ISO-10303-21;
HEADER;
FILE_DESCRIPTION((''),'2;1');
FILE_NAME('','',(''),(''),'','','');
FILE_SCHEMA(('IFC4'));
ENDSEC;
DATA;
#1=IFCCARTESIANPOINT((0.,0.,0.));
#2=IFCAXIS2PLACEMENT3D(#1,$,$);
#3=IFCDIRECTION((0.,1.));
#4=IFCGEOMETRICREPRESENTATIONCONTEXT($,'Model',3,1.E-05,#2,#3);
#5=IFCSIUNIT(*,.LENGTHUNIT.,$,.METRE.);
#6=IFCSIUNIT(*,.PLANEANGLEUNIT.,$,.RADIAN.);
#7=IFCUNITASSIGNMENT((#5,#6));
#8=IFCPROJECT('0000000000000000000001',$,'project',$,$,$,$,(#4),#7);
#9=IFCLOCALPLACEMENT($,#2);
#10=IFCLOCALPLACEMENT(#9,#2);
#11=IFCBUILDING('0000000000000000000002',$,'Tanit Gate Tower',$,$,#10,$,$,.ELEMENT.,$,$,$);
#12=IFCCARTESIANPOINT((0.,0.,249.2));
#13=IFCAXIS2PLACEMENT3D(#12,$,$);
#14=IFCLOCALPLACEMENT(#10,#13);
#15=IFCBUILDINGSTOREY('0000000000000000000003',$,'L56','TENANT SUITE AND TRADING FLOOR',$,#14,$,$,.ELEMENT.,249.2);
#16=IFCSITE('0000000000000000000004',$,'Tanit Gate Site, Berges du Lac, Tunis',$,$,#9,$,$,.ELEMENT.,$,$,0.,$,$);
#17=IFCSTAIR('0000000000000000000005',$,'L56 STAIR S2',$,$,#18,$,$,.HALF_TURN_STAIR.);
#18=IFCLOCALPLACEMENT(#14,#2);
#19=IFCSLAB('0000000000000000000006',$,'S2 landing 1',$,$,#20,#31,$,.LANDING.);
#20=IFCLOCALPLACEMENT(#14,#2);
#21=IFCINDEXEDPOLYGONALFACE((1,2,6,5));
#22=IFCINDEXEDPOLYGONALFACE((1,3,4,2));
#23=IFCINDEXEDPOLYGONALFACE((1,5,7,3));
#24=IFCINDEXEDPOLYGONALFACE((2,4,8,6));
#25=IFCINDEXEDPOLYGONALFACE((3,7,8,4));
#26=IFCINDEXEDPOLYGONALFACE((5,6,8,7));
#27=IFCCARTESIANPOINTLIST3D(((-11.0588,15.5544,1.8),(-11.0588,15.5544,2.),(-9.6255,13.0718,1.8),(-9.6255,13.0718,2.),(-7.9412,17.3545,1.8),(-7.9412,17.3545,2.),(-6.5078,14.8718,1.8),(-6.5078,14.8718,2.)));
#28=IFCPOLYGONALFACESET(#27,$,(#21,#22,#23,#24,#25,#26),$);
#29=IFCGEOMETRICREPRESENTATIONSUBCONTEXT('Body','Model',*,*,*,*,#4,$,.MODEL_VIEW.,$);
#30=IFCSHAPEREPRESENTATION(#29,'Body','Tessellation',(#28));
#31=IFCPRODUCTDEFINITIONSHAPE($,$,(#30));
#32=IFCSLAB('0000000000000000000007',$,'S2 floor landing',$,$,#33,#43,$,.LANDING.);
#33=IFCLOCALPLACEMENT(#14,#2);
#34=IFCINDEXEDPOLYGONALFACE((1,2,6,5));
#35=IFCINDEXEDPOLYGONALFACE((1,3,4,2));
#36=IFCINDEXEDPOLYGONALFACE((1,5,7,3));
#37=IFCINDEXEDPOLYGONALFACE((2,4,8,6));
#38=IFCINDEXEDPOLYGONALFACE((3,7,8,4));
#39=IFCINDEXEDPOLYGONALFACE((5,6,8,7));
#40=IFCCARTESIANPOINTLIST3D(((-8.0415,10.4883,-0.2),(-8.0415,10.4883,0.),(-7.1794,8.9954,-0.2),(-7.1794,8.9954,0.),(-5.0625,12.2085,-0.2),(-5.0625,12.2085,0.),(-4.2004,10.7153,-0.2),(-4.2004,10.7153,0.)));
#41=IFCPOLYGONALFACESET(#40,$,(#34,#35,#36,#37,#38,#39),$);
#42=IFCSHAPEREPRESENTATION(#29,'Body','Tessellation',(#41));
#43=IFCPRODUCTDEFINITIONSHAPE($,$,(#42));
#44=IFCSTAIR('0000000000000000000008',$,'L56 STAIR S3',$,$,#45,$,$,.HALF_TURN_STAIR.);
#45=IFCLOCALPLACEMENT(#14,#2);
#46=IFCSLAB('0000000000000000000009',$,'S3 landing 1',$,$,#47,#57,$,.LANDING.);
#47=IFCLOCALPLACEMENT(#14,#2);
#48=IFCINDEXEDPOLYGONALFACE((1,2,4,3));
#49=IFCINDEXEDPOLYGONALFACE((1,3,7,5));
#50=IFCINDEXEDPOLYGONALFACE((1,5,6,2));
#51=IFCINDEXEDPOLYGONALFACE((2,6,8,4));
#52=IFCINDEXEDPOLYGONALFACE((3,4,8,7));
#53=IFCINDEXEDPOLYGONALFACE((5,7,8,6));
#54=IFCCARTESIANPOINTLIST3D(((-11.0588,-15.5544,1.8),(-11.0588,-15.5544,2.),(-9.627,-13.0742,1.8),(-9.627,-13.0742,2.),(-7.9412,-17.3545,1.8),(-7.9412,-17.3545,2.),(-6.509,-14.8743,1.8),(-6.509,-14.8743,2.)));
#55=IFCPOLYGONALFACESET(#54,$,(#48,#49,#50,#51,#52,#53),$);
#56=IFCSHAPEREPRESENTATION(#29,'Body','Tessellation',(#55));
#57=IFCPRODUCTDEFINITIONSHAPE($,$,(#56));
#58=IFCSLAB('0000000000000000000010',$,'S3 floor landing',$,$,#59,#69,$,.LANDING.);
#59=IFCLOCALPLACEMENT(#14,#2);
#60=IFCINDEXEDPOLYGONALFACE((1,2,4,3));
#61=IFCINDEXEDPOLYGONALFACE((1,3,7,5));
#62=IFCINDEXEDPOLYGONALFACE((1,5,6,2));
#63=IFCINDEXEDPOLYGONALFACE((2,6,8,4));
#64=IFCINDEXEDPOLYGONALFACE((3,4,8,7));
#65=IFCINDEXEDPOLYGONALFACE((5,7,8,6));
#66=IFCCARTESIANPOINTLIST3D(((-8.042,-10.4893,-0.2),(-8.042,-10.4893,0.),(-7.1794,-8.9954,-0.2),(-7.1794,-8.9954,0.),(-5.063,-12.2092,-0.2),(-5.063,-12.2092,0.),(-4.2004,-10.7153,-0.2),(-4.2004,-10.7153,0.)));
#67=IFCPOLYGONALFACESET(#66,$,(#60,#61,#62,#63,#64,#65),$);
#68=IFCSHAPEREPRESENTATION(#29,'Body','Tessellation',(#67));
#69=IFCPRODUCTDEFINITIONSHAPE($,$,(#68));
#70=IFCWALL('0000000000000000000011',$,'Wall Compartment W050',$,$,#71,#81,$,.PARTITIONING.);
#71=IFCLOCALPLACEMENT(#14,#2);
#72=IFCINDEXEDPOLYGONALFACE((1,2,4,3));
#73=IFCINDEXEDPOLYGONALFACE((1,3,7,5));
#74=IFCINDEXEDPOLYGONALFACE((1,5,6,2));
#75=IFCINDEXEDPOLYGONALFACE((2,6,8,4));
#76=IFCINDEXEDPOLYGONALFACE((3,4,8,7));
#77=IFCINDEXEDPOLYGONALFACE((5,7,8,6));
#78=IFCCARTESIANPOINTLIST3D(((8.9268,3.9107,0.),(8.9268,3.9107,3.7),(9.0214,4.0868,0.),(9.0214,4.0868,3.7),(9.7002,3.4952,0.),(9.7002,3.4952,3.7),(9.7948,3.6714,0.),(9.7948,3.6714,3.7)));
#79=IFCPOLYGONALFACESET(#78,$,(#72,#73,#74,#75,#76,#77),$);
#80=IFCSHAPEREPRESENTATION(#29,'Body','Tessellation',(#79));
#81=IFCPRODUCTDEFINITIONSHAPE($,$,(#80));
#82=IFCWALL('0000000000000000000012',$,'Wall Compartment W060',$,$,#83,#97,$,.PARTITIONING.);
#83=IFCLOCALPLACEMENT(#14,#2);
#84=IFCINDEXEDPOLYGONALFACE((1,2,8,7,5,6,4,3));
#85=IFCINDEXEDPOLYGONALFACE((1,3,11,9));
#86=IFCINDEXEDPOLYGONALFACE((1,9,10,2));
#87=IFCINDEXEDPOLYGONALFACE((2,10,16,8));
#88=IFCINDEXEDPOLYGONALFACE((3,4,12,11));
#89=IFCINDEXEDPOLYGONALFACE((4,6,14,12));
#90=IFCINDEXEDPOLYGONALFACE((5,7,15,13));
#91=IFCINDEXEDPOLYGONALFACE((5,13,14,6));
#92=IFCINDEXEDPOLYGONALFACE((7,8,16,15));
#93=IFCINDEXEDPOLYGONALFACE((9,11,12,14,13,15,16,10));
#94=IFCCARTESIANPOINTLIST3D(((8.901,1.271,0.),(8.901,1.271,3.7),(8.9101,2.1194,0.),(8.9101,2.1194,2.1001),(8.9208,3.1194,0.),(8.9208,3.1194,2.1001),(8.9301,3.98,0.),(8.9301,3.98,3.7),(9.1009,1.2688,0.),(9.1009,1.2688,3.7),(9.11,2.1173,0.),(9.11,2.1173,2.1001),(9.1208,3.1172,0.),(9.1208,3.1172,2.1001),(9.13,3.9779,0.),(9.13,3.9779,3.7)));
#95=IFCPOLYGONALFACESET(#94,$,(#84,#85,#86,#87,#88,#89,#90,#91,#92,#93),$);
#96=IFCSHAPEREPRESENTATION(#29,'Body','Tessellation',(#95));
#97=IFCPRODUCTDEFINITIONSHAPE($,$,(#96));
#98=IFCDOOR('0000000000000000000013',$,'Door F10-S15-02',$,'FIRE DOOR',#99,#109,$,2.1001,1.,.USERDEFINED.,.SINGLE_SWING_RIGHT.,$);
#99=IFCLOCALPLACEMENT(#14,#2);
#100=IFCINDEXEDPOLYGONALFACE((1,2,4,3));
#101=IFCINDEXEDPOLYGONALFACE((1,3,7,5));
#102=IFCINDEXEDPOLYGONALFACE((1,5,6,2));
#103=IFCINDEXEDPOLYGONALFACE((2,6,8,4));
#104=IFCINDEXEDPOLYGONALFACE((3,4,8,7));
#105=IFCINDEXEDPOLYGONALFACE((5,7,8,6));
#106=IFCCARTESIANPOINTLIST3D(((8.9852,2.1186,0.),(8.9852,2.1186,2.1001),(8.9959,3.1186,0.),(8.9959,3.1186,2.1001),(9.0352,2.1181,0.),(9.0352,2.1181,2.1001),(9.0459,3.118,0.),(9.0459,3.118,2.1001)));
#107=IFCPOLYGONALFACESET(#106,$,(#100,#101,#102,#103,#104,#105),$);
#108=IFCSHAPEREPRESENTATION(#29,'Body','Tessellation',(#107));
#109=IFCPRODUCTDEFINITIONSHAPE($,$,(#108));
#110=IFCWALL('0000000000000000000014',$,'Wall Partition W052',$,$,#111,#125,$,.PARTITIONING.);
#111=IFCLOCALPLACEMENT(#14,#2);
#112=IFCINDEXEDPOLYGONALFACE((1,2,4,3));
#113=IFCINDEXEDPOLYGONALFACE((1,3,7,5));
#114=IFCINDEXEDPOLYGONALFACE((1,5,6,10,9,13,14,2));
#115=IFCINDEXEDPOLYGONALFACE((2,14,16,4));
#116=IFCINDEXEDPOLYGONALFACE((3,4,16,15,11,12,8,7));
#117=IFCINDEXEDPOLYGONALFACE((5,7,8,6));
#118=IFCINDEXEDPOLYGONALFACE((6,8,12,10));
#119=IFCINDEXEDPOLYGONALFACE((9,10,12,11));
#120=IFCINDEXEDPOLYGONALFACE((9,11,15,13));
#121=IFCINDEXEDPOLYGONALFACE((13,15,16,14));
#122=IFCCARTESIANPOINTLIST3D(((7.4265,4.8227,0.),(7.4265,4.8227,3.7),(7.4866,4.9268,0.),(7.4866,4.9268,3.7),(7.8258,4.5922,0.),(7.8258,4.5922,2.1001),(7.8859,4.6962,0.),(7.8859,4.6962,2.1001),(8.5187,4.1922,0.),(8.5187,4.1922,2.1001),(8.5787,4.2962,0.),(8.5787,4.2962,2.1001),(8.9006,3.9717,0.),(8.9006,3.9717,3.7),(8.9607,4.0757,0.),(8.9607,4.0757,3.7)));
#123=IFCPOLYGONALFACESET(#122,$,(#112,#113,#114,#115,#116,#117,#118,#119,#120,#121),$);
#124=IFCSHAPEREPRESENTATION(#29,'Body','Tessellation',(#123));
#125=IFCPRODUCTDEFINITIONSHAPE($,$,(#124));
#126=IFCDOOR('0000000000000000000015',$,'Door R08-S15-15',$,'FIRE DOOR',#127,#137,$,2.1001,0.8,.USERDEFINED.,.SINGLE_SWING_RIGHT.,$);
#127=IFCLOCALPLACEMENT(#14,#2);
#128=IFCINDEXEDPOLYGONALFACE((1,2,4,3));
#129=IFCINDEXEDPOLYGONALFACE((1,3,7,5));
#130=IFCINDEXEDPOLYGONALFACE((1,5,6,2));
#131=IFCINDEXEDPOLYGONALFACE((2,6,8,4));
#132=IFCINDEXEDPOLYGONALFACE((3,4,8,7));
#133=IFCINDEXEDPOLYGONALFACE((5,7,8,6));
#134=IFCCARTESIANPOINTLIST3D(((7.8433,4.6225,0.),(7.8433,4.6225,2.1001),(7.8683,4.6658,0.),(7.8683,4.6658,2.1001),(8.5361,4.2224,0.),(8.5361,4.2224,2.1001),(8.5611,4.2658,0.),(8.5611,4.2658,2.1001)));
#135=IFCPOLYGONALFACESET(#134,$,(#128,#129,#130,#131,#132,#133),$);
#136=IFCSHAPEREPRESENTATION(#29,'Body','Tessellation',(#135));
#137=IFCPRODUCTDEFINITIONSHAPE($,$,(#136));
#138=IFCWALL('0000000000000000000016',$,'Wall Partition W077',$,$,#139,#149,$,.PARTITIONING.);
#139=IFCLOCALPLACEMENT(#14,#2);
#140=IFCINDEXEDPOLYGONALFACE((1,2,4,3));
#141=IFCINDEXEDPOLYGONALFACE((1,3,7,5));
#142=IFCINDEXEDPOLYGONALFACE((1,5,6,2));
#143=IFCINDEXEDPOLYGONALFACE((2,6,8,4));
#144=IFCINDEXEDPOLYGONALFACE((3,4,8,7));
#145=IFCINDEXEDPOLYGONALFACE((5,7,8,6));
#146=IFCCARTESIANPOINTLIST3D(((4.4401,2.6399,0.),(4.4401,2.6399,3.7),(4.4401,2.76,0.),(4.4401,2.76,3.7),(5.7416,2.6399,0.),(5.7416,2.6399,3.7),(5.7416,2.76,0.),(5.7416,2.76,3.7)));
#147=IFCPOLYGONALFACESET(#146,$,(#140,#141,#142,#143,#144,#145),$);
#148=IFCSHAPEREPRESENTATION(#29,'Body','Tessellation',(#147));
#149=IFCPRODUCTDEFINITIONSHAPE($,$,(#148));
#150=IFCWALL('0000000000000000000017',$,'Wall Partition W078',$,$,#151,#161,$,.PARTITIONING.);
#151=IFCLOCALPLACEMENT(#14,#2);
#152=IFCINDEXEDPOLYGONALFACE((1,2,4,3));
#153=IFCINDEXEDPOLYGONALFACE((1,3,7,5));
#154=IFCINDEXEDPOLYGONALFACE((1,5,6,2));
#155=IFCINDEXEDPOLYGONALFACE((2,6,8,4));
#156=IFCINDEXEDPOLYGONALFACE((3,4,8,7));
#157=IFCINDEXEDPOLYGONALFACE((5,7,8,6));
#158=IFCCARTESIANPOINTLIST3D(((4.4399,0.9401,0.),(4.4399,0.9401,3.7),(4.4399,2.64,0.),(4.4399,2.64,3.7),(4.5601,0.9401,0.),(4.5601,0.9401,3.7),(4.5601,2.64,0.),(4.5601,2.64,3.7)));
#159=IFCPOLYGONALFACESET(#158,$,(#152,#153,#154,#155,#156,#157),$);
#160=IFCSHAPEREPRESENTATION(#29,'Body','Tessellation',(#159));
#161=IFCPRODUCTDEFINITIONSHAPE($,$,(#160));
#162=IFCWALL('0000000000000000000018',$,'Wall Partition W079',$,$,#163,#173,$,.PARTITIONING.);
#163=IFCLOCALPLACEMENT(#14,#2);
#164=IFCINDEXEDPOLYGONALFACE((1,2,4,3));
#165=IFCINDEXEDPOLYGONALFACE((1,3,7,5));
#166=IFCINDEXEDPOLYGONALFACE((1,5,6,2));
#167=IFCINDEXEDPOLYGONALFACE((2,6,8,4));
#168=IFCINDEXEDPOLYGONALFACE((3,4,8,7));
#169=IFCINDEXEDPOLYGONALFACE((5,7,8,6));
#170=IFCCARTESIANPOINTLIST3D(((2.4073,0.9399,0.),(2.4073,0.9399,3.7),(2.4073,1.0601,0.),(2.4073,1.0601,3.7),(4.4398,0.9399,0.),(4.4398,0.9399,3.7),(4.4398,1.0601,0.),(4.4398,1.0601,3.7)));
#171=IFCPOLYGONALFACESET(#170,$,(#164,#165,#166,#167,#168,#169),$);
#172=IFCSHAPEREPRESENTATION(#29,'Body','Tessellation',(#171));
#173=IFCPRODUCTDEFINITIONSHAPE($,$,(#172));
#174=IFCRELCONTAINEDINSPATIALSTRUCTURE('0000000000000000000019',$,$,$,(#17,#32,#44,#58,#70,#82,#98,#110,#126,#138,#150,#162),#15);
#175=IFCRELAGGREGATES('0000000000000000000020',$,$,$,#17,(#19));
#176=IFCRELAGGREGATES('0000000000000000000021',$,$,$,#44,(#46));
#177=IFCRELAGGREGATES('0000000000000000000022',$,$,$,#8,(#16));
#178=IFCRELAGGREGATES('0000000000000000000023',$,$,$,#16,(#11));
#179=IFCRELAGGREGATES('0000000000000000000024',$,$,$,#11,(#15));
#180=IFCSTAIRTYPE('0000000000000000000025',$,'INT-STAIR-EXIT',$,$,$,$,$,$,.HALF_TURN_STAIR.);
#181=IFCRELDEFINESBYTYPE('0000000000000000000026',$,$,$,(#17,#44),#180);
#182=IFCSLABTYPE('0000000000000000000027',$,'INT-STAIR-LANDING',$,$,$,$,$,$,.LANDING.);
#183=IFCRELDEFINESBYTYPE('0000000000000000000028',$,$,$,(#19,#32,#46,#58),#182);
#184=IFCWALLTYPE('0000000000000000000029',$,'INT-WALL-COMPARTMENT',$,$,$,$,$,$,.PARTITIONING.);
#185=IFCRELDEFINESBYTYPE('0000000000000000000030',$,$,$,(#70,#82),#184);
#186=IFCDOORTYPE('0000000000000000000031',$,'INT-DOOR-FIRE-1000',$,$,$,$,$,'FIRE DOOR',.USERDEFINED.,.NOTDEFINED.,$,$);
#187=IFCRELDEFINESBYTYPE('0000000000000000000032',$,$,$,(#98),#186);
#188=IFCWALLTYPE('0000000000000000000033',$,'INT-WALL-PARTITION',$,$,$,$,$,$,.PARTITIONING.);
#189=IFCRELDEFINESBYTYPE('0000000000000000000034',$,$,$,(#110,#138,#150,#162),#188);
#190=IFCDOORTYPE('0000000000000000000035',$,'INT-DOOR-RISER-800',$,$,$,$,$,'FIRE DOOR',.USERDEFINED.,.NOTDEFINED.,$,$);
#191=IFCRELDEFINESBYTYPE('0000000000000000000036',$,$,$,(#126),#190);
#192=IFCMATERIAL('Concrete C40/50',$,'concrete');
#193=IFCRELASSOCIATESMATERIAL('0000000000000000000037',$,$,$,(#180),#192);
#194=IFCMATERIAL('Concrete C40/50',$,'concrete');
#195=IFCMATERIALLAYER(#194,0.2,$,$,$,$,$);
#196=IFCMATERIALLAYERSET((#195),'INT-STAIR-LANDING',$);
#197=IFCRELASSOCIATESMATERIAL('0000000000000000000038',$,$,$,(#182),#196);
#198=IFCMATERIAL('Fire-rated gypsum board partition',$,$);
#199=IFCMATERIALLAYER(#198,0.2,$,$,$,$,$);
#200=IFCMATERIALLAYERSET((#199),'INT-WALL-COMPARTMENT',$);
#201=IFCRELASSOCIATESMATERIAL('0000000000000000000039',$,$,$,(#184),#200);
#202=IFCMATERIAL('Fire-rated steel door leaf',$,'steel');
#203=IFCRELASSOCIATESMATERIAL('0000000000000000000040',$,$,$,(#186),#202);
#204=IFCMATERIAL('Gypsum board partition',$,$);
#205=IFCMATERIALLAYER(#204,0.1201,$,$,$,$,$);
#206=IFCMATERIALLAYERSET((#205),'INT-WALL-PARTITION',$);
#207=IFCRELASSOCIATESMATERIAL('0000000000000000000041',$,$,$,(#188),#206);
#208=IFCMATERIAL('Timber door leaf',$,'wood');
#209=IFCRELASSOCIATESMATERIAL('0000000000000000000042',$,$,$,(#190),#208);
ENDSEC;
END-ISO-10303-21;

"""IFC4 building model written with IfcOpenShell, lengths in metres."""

from ifc_helpers import new_model, si_unit, direction, frame, frame_2d, origin, place, context, subcontext, project, spatial, polyline, rectangle, outline, extrude, material, layer, layer_set, type_object, element, fill, aggregate, save


model = new_model("IFC4")

# Units and contexts
model_context = context("Model", 3, precision=1e-05, world=origin(), true_north=direction((0.0, 1.0)))
body_context = subcontext(model_context, "Body", "Model", "MODEL_VIEW")
ifc_project = project(units=[si_unit("LENGTHUNIT", "METRE"), si_unit("PLANEANGLEUNIT", "RADIAN")], contexts=[model_context])

# Site, building, storey
site_placement = place(None, origin())
site = spatial("IfcSite", under=ifc_project, at=site_placement, Name="Tanit Gate Site, Berges du Lac, Tunis", CompositionType="ELEMENT", RefElevation=0.0)
building_placement = place(site_placement, origin())
building = spatial("IfcBuilding", under=site, at=building_placement, Name="Tanit Gate Tower", CompositionType="ELEMENT")
storey_placement = place(building_placement, frame((0.0, 0.0, 249.2)))
storey = spatial("IfcBuildingStorey", under=building, at=storey_placement, Name="L56", Description="TENANT SUITE AND TRADING FLOOR", CompositionType="ELEMENT", Elevation=249.2)

# Stair, slab
ifc_material_1 = material(Name="Concrete C40/50", Category="concrete")
stair_type = type_object("IfcStairType", Name="INT-STAIR-EXIT", PredefinedType="HALF_TURN_STAIR", material=ifc_material_1)
stair_1_placement = place(storey_placement, origin())
stair_1 = element("IfcStair", 1, at=stair_1_placement, inside=storey, type_object=stair_type, Name="L56 STAIR S2", PredefinedType="HALF_TURN_STAIR")
ifc_material_2 = material(Name="Concrete C40/50", Category="concrete")
ifc_layer_1 = layer(ifc_material_2, 0.2)
ifc_layer_set_1 = layer_set([ifc_layer_1], Name="INT-STAIR-LANDING")
slab_type = type_object("IfcSlabType", Name="INT-STAIR-LANDING", PredefinedType="LANDING", material=ifc_layer_set_1)
slab_1_placement = place(storey_placement, frame((0.0, 0.0, 1.8)))
slab_1 = element("IfcSlab", 2, at=slab_1_placement, type_object=slab_type, Name="S2 landing 1", PredefinedType="LANDING", context=body_context, shape_type="SweptSolid", body=[
    extrude(outline(polyline([(-6.5078, 14.8718), (-7.9412, 17.3545), (-11.0588, 15.5544), (-9.6255, 13.0718), (-6.5078, 14.8718)])), origin(), (0.0, 0.0, 1.0), 0.2),
])
aggregate(stair_1, [slab_1])

# Slab
slab_2_placement = place(storey_placement, frame((0.0, 0.0, -0.2)))
element("IfcSlab", 3, at=slab_2_placement, inside=storey, type_object=slab_type, Name="S2 floor landing", PredefinedType="LANDING", context=body_context, shape_type="SweptSolid", body=[
    extrude(outline(polyline([(-4.2004, 10.7153), (-5.0625, 12.2085), (-8.0415, 10.4883), (-7.1794, 8.9954), (-4.2004, 10.7153)])), origin(), (0.0, 0.0, 1.0), 0.2),
])

# Stair, slab
stair_2_placement = place(storey_placement, origin())
stair_2 = element("IfcStair", 4, at=stair_2_placement, inside=storey, type_object=stair_type, Name="L56 STAIR S3", PredefinedType="HALF_TURN_STAIR")
slab_3_placement = place(storey_placement, frame((0.0, 0.0, 1.8)))
slab_3 = element("IfcSlab", 5, at=slab_3_placement, type_object=slab_type, Name="S3 landing 1", PredefinedType="LANDING", context=body_context, shape_type="SweptSolid", body=[
    extrude(outline(polyline([(-9.627, -13.0742), (-11.0588, -15.5544), (-7.9412, -17.3545), (-6.509, -14.8743), (-9.627, -13.0742)])), origin(), (0.0, 0.0, 1.0), 0.2),
])
aggregate(stair_2, [slab_3])

# Slab
slab_4_placement = place(storey_placement, frame((0.0, 0.0, -0.2)))
element("IfcSlab", 6, at=slab_4_placement, inside=storey, type_object=slab_type, Name="S3 floor landing", PredefinedType="LANDING", context=body_context, shape_type="SweptSolid", body=[
    extrude(outline(polyline([(-7.1794, -8.9954), (-8.042, -10.4893), (-5.063, -12.2092), (-4.2004, -10.7153), (-7.1794, -8.9954)])), origin(), (0.0, 0.0, 1.0), 0.2),
])

# Wall
ifc_material_3 = material(Name="Fire-rated gypsum board partition")
ifc_layer_2 = layer(ifc_material_3, 0.2)
ifc_layer_set_2 = layer_set([ifc_layer_2], Name="INT-WALL-COMPARTMENT")
wall_type_1 = type_object("IfcWallType", Name="INT-WALL-COMPARTMENT", PredefinedType="PARTITIONING", material=ifc_layer_set_2)
wall_1_placement = place(storey_placement, frame((8.9741, 3.9988, 0.0), z_axis=(0.0, 0.0, 1.0), x_axis=(0.880917, -0.473271, 0.0)))
element("IfcWall", 7, at=wall_1_placement, inside=storey, type_object=wall_type_1, Name="Wall Compartment W050", PredefinedType="PARTITIONING", context=body_context, shape_type="SweptSolid", body=[
    extrude(rectangle(XDim=0.8779, YDim=0.2, at=frame_2d((0.439, 0.0))), origin(), (0.0, 0.0, 1.0), 3.7),
])

# Walls, openings, doors
wall_2_placement = place(storey_placement, frame((9.001, 1.27, 0.0), z_axis=(0.0, 0.0, 1.0), x_axis=(0.010724, 0.999942, 0.0)))
wall_2 = element("IfcWall", 8, at=wall_2_placement, inside=storey, type_object=wall_type_1, Name="Wall Compartment W060", PredefinedType="PARTITIONING", context=body_context, shape_type="SweptSolid", body=[
    extrude(rectangle(XDim=2.7092, YDim=0.2, at=frame_2d((1.3545, 0.0))), origin(), (0.0, 0.0, 1.0), 3.7),
])
opening_1_placement = place(wall_2_placement, frame((0.8484, 0.0, 0.0)))
opening_1 = element("IfcOpeningElement", 9, at=opening_1_placement, cuts=wall_2, PredefinedType="OPENING", context=body_context, shape_type="SweptSolid", body=[
    extrude(rectangle(XDim=1.0, YDim=2.1001, at=frame_2d((0.5, 1.05))), frame((0.0, 0.1099, 0.0), z_axis=(0.0, -1.0, 0.0), x_axis=(1.0, 0.0, 0.0)), (0.0, 0.0, 1.0), 0.22),
])
ifc_material_4 = material(Name="Fire-rated steel door leaf", Category="steel")
door_type_1 = type_object("IfcDoorType", Name="INT-DOOR-FIRE-1000", ElementType="FIRE DOOR", OperationType="NOTDEFINED", PredefinedType="USERDEFINED", material=ifc_material_4)
door_1_placement = place(opening_1_placement, origin())
door_1 = element("IfcDoor", 10, at=door_1_placement, inside=storey, type_object=door_type_1, Name="Door F10-S15-02", ObjectType="FIRE DOOR", OperationType="SINGLE_SWING_RIGHT", OverallHeight=2.1001, OverallWidth=1.0, PredefinedType="USERDEFINED", context=body_context, shape_type="SweptSolid", body=[
    extrude(rectangle(XDim=1.0, YDim=2.1001, at=frame_2d((0.5, 1.05))), frame((0.0, 0.0249, 0.0), z_axis=(0.0, -1.0, 0.0), x_axis=(1.0, 0.0, 0.0)), (0.0, 0.0, 1.0), 0.05),
])
fill(opening_1, door_1)
ifc_material_5 = material(Name="Gypsum board partition")
ifc_layer_3 = layer(ifc_material_5, 0.1201)
ifc_layer_set_3 = layer_set([ifc_layer_3], Name="INT-WALL-PARTITION")
wall_type_2 = type_object("IfcWallType", Name="INT-WALL-PARTITION", PredefinedType="PARTITIONING", material=ifc_layer_set_3)
wall_3_placement = place(storey_placement, frame((7.4565, 4.8748, 0.0), z_axis=(0.0, 0.0, 1.0), x_axis=(0.866028, -0.499996, 0.0)))
wall_3 = element("IfcWall", 11, at=wall_3_placement, inside=storey, type_object=wall_type_2, Name="Wall Partition W052", PredefinedType="PARTITIONING", context=body_context, shape_type="SweptSolid", body=[
    extrude(rectangle(XDim=1.7021, YDim=0.1201, at=frame_2d((0.8511, 0.0))), origin(), (0.0, 0.0, 1.0), 3.7),
])
opening_2_placement = place(wall_3_placement, frame((0.4612, 0.0, 0.0)))
opening_2 = element("IfcOpeningElement", 12, at=opening_2_placement, cuts=wall_3, PredefinedType="OPENING", context=body_context, shape_type="SweptSolid", body=[
    extrude(rectangle(XDim=0.8, YDim=2.1001, at=frame_2d((0.3999, 1.05))), frame((0.0, 0.0701, 0.0), z_axis=(0.0, -1.0, 0.0), x_axis=(1.0, 0.0, 0.0)), (0.0, 0.0, 1.0), 0.1401),
])
ifc_material_6 = material(Name="Timber door leaf", Category="wood")
door_type_2 = type_object("IfcDoorType", Name="INT-DOOR-RISER-800", ElementType="FIRE DOOR", OperationType="NOTDEFINED", PredefinedType="USERDEFINED", material=ifc_material_6)
door_2_placement = place(opening_2_placement, origin())
door_2 = element("IfcDoor", 13, at=door_2_placement, inside=storey, type_object=door_type_2, Name="Door R08-S15-15", ObjectType="FIRE DOOR", OperationType="SINGLE_SWING_RIGHT", OverallHeight=2.1001, OverallWidth=0.8, PredefinedType="USERDEFINED", context=body_context, shape_type="SweptSolid", body=[
    extrude(rectangle(XDim=0.8, YDim=2.1001, at=frame_2d((0.3999, 1.05))), frame((0.0, 0.0249, 0.0), z_axis=(0.0, -1.0, 0.0), x_axis=(1.0, 0.0, 0.0)), (0.0, 0.0, 1.0), 0.05),
])
fill(opening_2, door_2)

# Walls
wall_4_placement = place(storey_placement, frame((4.4399, 2.7, 0.0), z_axis=(0.0, 0.0, 1.0), x_axis=(1.0, 0.0, 0.0)))
element("IfcWall", 14, at=wall_4_placement, inside=storey, type_object=wall_type_2, Name="Wall Partition W077", PredefinedType="PARTITIONING", context=body_context, shape_type="SweptSolid", body=[
    extrude(rectangle(XDim=1.3015, YDim=0.1201, at=frame_2d((0.6509, 0.0))), origin(), (0.0, 0.0, 1.0), 3.7),
])
wall_5_placement = place(storey_placement, frame((4.5, 0.9399, 0.0), z_axis=(0.0, 0.0, 1.0), x_axis=(0.0, 1.0, 0.0)))
element("IfcWall", 15, at=wall_5_placement, inside=storey, type_object=wall_type_2, Name="Wall Partition W078", PredefinedType="PARTITIONING", context=body_context, shape_type="SweptSolid", body=[
    extrude(rectangle(XDim=1.7, YDim=0.1201, at=frame_2d((0.8501, 0.0))), origin(), (0.0, 0.0, 1.0), 3.7),
])
wall_6_placement = place(storey_placement, frame((2.4075, 1.0, 0.0), z_axis=(0.0, 0.0, 1.0), x_axis=(1.0, 0.0, 0.0)))
element("IfcWall", 16, at=wall_6_placement, inside=storey, type_object=wall_type_2, Name="Wall Partition W079", PredefinedType="PARTITIONING", context=body_context, shape_type="SweptSolid", body=[
    extrude(rectangle(XDim=2.0325, YDim=0.1201, at=frame_2d((1.0161, 0.0))), origin(), (0.0, 0.0, 1.0), 3.7),
])

save(model, "model.ifc")
